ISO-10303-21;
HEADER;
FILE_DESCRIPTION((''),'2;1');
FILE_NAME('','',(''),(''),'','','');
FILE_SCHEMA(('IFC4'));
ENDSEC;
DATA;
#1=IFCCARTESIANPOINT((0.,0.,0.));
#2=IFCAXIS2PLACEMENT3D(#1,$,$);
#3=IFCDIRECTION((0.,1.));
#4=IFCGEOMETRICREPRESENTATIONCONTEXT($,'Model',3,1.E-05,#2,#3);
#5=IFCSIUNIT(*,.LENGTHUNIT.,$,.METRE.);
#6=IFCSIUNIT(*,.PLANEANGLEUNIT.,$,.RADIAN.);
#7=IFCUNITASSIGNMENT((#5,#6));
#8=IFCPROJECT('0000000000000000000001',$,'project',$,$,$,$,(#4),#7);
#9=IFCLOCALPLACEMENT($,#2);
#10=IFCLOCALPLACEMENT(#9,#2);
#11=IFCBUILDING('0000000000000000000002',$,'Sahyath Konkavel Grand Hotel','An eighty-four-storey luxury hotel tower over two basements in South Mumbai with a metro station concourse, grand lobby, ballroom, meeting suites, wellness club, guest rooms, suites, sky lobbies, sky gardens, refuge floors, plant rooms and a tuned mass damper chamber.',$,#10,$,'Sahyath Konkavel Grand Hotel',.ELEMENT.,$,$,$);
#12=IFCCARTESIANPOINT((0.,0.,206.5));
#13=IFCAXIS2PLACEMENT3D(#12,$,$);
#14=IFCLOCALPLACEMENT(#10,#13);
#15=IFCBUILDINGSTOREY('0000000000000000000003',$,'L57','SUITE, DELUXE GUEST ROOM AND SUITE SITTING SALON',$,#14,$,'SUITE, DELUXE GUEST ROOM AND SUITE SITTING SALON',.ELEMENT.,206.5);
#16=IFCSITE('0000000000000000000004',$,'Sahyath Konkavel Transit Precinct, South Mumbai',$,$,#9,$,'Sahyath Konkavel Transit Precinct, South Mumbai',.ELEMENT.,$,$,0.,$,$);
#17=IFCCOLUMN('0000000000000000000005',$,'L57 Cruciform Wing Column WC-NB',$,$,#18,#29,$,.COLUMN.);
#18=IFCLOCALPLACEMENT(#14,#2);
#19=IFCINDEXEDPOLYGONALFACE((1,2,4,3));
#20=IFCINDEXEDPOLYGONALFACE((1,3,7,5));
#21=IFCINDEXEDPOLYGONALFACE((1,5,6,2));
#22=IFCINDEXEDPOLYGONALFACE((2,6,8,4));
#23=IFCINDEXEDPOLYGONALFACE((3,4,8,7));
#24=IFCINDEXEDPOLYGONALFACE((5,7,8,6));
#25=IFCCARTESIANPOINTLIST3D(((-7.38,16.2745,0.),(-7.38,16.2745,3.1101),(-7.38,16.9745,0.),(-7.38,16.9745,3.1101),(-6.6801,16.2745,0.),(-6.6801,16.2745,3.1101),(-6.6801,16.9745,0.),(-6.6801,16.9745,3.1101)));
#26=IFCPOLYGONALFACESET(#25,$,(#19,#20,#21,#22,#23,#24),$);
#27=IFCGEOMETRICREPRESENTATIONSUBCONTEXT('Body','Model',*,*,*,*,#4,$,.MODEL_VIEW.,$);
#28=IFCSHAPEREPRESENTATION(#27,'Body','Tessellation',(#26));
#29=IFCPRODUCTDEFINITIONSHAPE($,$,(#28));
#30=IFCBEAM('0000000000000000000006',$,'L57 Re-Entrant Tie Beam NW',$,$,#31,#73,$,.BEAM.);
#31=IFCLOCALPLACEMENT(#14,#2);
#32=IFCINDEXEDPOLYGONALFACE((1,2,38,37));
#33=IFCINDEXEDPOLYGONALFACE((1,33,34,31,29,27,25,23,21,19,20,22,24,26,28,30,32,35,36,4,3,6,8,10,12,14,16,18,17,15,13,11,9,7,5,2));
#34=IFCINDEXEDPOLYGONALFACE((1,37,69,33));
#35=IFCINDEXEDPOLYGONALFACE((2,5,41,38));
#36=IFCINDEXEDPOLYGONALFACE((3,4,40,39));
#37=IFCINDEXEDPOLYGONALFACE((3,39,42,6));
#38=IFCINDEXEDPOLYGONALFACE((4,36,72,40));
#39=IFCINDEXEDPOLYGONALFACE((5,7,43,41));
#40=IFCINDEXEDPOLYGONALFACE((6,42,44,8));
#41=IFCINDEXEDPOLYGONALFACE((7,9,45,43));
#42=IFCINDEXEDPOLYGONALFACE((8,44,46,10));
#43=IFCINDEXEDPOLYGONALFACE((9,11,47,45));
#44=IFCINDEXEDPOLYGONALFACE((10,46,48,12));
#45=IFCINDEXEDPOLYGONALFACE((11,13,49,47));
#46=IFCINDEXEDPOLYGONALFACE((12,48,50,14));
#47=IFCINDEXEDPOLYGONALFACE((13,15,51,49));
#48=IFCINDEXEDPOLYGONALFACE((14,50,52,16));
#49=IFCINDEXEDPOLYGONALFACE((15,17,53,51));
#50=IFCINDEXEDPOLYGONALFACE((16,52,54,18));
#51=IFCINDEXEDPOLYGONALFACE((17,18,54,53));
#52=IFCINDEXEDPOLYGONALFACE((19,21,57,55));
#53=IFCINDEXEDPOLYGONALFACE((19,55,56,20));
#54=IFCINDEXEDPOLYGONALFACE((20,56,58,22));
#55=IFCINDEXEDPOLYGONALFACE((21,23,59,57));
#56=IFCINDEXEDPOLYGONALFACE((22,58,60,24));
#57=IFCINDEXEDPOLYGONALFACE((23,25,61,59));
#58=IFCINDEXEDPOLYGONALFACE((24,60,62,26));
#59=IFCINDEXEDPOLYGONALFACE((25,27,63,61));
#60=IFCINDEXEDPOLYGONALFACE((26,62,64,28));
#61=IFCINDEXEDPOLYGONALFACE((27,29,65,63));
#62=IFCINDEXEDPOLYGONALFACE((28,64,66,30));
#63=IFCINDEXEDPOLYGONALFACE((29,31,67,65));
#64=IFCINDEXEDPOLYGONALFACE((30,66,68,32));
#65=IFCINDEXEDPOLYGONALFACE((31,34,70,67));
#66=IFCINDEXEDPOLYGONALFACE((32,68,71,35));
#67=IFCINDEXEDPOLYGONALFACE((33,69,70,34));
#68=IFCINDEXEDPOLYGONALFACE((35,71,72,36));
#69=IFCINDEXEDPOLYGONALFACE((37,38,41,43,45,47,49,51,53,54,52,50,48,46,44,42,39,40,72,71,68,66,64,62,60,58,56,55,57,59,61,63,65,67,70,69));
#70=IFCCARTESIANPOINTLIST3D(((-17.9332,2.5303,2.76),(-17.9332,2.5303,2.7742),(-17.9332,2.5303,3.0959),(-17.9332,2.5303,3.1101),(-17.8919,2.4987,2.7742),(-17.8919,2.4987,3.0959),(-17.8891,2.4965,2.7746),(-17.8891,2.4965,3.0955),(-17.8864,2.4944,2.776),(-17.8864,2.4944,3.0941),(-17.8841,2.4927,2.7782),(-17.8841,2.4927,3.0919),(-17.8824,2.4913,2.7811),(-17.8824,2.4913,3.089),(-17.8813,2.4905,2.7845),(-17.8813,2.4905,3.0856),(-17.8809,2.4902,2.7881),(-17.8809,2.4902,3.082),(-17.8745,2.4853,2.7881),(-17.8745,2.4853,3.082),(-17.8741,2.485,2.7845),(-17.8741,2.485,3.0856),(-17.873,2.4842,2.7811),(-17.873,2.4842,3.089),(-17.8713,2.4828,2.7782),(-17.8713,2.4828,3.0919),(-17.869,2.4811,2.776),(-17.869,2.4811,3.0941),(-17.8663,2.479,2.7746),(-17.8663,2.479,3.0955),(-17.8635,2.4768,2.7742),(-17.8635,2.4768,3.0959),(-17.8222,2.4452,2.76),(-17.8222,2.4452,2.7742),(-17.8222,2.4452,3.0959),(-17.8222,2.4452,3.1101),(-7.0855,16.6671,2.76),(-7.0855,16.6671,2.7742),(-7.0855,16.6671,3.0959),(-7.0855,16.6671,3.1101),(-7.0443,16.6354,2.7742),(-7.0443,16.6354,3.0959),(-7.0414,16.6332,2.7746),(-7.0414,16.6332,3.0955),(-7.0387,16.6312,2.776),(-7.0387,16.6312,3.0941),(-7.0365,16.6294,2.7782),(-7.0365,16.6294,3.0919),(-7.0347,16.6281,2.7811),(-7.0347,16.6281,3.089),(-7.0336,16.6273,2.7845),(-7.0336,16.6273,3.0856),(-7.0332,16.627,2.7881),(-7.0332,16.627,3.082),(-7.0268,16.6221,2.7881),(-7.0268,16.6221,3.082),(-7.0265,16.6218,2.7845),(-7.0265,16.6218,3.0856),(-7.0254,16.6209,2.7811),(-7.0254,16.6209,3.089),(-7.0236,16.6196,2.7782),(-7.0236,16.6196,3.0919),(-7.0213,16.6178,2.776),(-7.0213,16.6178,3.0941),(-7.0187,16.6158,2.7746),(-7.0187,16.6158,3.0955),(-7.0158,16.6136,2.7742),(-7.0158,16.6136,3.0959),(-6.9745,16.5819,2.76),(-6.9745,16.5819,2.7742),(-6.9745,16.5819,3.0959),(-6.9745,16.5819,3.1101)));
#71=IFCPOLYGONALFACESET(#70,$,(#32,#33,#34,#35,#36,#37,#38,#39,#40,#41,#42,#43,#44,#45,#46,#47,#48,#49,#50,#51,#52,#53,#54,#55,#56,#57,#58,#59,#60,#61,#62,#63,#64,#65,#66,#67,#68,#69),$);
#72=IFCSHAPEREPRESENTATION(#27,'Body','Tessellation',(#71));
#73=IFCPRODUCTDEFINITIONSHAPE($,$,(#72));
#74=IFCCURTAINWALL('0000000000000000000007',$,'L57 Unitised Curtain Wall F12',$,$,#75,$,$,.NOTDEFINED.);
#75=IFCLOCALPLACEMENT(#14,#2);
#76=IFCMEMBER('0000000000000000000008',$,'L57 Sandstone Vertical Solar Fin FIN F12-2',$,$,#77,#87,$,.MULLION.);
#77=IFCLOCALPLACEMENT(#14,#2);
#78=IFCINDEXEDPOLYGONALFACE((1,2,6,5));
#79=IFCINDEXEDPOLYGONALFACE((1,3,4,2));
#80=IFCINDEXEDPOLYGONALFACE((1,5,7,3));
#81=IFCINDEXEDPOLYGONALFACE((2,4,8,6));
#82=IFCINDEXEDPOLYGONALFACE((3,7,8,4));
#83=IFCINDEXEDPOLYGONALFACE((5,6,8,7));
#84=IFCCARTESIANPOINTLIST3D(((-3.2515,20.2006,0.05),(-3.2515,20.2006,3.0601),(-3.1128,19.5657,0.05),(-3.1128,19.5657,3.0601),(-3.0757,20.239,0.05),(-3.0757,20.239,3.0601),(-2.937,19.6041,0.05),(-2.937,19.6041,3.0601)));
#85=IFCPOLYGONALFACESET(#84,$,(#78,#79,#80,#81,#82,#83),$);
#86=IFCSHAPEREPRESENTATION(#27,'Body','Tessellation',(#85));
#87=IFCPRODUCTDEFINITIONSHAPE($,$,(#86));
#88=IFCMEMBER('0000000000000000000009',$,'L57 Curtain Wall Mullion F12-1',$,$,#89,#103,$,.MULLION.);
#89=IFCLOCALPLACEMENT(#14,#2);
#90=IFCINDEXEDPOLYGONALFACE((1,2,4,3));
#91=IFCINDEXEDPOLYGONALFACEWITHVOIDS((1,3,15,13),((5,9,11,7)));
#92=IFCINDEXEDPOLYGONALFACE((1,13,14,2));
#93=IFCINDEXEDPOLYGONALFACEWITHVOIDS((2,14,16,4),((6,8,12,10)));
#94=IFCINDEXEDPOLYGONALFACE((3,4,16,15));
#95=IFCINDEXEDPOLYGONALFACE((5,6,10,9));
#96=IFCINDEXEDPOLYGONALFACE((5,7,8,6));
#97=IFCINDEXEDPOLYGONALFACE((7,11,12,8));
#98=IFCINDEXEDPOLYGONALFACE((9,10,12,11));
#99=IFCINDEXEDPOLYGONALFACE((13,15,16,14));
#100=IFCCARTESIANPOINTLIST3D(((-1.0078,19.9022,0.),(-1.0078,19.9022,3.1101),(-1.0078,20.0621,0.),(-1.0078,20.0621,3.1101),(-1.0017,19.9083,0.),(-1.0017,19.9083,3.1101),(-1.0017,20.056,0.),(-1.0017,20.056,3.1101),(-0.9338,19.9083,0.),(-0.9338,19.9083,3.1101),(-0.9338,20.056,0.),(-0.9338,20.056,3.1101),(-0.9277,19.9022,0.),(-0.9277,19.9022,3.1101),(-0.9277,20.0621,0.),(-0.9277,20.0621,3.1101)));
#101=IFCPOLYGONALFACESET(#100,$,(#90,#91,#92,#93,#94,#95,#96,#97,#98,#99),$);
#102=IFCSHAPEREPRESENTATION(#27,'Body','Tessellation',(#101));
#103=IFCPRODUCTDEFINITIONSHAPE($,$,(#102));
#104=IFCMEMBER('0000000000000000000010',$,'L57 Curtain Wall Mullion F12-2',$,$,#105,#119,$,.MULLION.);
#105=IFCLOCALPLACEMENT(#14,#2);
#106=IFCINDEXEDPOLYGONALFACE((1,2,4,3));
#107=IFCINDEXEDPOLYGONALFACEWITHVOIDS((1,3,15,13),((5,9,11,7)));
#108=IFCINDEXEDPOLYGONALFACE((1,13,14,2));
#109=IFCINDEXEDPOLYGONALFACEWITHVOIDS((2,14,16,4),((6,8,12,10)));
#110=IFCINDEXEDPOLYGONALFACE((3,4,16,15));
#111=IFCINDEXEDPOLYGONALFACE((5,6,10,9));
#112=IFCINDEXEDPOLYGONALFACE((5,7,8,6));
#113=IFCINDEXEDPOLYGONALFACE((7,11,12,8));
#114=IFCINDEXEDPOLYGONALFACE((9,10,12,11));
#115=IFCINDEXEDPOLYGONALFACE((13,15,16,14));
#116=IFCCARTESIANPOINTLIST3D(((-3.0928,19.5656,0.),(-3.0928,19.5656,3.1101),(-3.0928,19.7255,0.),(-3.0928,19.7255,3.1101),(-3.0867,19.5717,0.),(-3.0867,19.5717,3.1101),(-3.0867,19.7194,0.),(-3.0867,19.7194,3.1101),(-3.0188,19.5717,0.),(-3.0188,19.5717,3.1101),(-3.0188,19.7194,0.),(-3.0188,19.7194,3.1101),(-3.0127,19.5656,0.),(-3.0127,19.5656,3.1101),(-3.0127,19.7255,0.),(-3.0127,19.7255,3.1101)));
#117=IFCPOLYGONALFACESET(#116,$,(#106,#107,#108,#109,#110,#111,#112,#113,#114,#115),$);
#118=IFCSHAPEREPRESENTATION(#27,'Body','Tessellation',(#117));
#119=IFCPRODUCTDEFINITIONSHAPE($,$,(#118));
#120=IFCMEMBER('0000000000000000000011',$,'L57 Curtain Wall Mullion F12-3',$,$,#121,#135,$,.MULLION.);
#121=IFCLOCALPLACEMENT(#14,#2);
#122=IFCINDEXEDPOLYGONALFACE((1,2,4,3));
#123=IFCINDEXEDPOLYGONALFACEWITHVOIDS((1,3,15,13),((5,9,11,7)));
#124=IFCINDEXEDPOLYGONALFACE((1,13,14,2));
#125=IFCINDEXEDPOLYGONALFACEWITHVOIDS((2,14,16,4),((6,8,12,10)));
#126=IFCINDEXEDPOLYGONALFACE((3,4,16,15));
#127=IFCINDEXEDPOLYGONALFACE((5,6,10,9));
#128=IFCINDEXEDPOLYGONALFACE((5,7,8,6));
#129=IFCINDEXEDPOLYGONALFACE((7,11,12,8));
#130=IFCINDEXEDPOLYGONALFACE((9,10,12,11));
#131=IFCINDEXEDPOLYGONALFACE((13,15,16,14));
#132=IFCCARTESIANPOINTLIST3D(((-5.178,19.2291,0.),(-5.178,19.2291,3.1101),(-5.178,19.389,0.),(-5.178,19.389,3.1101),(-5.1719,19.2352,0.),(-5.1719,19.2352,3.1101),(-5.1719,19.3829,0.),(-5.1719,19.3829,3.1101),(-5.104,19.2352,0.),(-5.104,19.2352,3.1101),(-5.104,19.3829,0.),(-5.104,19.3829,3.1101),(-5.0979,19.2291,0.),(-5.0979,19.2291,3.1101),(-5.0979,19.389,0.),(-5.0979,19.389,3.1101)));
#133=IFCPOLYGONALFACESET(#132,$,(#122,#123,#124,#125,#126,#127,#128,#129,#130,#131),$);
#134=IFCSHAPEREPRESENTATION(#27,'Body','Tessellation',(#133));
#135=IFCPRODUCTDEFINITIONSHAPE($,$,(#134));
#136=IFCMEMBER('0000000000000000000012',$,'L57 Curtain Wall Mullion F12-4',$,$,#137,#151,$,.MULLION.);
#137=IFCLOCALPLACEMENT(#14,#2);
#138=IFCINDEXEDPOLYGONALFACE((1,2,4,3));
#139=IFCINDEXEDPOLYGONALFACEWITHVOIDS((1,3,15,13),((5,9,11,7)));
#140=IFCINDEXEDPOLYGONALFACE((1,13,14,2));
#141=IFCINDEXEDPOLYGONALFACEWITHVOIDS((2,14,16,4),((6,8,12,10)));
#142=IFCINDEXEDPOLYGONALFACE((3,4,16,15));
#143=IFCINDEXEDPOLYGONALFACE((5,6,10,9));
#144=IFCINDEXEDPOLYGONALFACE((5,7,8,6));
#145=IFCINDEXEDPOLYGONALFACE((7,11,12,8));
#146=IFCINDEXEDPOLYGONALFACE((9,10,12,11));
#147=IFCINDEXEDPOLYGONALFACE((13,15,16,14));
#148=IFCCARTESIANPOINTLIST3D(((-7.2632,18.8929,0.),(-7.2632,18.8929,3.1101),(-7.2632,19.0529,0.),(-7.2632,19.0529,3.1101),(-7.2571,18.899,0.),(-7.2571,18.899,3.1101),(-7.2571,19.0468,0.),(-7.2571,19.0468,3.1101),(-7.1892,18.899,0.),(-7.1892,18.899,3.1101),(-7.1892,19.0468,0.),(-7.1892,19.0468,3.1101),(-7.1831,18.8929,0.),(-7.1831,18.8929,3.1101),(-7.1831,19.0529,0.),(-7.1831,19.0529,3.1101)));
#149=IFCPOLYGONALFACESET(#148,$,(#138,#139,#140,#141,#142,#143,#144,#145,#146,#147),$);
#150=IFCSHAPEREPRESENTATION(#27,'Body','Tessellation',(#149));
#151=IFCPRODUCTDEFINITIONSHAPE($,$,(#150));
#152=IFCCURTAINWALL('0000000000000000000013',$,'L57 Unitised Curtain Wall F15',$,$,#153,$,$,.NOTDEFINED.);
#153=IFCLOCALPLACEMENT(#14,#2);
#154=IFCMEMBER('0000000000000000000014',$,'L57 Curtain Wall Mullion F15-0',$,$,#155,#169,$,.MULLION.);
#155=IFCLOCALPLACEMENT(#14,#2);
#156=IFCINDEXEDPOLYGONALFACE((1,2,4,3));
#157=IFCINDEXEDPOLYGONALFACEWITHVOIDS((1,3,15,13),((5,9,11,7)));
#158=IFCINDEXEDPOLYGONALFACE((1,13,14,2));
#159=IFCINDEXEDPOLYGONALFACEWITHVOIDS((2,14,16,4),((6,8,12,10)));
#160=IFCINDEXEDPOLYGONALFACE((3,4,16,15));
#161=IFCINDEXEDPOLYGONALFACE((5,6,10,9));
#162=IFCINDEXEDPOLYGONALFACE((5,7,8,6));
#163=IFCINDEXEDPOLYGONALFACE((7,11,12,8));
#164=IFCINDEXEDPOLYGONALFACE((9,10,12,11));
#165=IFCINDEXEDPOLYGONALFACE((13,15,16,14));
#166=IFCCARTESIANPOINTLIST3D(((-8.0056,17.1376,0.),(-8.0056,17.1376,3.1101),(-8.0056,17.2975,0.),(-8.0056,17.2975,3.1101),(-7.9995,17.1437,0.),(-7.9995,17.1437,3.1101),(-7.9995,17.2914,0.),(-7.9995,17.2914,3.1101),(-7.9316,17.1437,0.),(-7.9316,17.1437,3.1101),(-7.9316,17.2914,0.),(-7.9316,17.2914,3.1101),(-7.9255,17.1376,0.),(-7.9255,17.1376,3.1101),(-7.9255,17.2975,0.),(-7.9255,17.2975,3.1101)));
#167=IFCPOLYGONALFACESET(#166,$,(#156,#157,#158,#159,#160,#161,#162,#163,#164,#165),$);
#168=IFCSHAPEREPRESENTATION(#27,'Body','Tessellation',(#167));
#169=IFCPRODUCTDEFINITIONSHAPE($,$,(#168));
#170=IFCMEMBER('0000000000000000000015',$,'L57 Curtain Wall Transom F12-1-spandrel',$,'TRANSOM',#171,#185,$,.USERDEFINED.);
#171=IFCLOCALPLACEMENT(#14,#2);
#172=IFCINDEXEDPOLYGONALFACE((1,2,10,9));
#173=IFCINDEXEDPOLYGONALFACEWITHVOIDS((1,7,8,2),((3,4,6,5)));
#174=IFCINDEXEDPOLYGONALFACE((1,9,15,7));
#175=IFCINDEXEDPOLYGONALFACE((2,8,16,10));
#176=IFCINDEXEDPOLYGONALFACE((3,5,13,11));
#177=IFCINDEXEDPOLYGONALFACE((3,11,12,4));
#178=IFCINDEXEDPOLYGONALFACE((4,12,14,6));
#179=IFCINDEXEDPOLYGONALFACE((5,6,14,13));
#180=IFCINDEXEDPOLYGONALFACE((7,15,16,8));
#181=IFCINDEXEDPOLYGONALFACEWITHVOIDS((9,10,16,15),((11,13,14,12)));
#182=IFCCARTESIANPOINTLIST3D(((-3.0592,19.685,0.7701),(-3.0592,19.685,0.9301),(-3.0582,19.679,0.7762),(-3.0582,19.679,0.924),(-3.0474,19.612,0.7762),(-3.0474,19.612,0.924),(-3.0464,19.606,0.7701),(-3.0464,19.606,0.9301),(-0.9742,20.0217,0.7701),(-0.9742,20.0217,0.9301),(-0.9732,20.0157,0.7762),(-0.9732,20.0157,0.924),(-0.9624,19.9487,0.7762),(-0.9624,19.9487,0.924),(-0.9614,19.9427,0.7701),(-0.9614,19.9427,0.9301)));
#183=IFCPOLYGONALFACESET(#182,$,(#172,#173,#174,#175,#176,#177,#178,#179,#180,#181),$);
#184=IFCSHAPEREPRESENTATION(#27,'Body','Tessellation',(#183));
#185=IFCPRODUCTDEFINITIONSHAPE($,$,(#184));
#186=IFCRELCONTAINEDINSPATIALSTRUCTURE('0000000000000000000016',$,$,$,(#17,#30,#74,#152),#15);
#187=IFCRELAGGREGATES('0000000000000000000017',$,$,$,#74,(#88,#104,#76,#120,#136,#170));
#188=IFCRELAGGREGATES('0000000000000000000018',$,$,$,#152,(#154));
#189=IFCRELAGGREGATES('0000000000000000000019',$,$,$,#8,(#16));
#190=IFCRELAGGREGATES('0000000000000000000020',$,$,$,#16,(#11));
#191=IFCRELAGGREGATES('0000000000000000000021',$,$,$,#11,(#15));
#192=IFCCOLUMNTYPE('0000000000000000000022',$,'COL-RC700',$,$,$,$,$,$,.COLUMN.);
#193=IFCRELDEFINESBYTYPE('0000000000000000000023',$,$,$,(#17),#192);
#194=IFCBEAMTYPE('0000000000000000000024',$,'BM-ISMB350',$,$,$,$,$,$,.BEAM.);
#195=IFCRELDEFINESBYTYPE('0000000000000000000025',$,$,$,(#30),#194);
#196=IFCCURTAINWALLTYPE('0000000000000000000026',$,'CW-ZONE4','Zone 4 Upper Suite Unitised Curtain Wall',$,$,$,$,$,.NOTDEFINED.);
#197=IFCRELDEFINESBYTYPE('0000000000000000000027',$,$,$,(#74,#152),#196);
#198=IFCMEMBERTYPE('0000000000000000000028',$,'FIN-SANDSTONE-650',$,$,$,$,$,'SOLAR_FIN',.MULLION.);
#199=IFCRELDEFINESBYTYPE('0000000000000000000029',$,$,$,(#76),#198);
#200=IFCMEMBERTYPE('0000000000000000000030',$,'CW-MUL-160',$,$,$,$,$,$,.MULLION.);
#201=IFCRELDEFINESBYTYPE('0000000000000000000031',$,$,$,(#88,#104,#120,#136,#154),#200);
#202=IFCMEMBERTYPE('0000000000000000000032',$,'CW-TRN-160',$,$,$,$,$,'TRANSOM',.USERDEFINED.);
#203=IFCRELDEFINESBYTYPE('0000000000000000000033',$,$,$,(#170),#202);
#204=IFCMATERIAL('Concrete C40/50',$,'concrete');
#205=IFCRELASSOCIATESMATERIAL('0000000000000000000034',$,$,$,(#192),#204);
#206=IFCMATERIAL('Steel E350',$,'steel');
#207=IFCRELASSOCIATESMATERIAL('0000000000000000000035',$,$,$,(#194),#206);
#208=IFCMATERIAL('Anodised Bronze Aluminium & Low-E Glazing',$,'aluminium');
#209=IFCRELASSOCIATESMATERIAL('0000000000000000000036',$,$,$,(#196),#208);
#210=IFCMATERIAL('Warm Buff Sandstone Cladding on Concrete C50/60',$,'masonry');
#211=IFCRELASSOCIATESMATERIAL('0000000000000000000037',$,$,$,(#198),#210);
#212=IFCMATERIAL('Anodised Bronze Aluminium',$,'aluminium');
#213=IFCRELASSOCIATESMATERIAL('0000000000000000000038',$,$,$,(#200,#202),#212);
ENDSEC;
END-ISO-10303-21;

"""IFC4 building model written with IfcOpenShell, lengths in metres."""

from ifc_helpers import new_model, si_unit, direction, frame, origin, origin_2d, place, context, subcontext, project, spatial, rectangle, hollow_rectangle, i_section, extrude, source, transform, mapped, material, material_profile, profile_set, type_object, element, aggregate, save


model = new_model("IFC4")

# Units and contexts
model_context = context("Model", 3, precision=1e-05, world=origin(), true_north=direction((0.0, 1.0)))
body_context = subcontext(model_context, "Body", "Model", "MODEL_VIEW")
ifc_project = project(units=[si_unit("LENGTHUNIT", "METRE"), si_unit("PLANEANGLEUNIT", "RADIAN")], contexts=[model_context])

# Site, building, storey
site_placement = place(None, origin())
site = spatial("IfcSite", under=ifc_project, at=site_placement, Name="Sahyath Konkavel Transit Precinct, South Mumbai", LongName="Sahyath Konkavel Transit Precinct, South Mumbai", CompositionType="ELEMENT", RefElevation=0.0)
building_placement = place(site_placement, origin())
building = spatial("IfcBuilding", under=site, at=building_placement, Name="Sahyath Konkavel Grand Hotel", Description="An eighty-four-storey luxury hotel tower over two basements in South Mumbai with a metro station concourse, grand lobby, ballroom, meeting suites, wellness club, guest rooms, suites, sky lobbies, sky gardens, refuge floors, plant rooms and a tuned mass damper chamber.", LongName="Sahyath Konkavel Grand Hotel", CompositionType="ELEMENT")
storey_placement = place(building_placement, frame((0.0, 0.0, 206.5)))
storey = spatial("IfcBuildingStorey", under=building, at=storey_placement, Name="L57", Description="SUITE, DELUXE GUEST ROOM AND SUITE SITTING SALON", LongName="SUITE, DELUXE GUEST ROOM AND SUITE SITTING SALON", CompositionType="ELEMENT", Elevation=206.5)

# Column
ifc_material_1 = material(Name="Concrete C40/50", Category="concrete")
ifc_material_profile_1 = material_profile(ifc_material_1, rectangle(XDim=0.7, YDim=0.7, at=origin_2d()), Name="RC 700x700")
ifc_profile_set_1 = profile_set([ifc_material_profile_1], Name="Concrete C40/50")
column_type = type_object("IfcColumnType", Name="COL-RC700", PredefinedType="COLUMN", material=ifc_profile_set_1)
shared_shape_1 = source(origin(), body_context, "Body", "SweptSolid", [
    extrude(rectangle(XDim=0.7, YDim=0.7, at=origin_2d()), origin(), (0.0, 0.0, 1.0), 3.1101),
])
column_placement = place(storey_placement, frame((-7.03, 16.6245, 0.0), z_axis=(0.0, 0.0, 1.0), x_axis=(1.0, 0.0, 0.0)))
element("IfcColumn", 1, at=column_placement, inside=storey, type_object=column_type, Name="L57 Cruciform Wing Column WC-NB", PredefinedType="COLUMN", context=body_context, shape_type="MappedRepresentation", body=[
    mapped(shared_shape_1, transform((0.0, 0.0, 0.0), scale=1.0)),
])

# Beam
ifc_material_2 = material(Name="Steel E350", Category="steel")
ifc_material_profile_2 = material_profile(ifc_material_2, i_section(OverallWidth=0.1399, OverallDepth=0.3501, WebThickness=0.0081, FlangeThickness=0.0142, FilletRadius=0.0139, at=origin_2d()), Name="ISMB 350")
ifc_profile_set_2 = profile_set([ifc_material_profile_2], Name="Steel E350")
beam_type = type_object("IfcBeamType", Name="BM-ISMB350", PredefinedType="BEAM", material=ifc_profile_set_2)
shared_shape_2 = source(origin(), body_context, "Body", "SweptSolid", [
    extrude(i_section(OverallWidth=0.1399, OverallDepth=0.3501, WebThickness=0.0081, FlangeThickness=0.0142, FilletRadius=0.0139, at=origin_2d()), origin(), (0.0, 0.0, 1.0), 17.8191),
])
beam_placement = place(storey_placement, frame((-7.03, 16.6245, 2.9351), z_axis=(-0.608767, -0.793349, 0.0), x_axis=(0.793349, -0.608767, 0.0)))
element("IfcBeam", 2, at=beam_placement, inside=storey, type_object=beam_type, Name="L57 Re-Entrant Tie Beam NW", PredefinedType="BEAM", context=body_context, shape_type="MappedRepresentation", body=[
    mapped(shared_shape_2, transform((0.0, 0.0, 0.0), scale=1.0)),
])

# Curtain wall, members
ifc_material_3 = material(Name="Anodised Bronze Aluminium & Low-E Glazing", Category="aluminium")
curtain_wall_type = type_object("IfcCurtainWallType", Name="CW-ZONE4", Description="Zone 4 Upper Suite Unitised Curtain Wall", PredefinedType="NOTDEFINED", material=ifc_material_3)
curtain_wall_1_placement = place(storey_placement, origin())
curtain_wall_1 = element("IfcCurtainWall", 3, at=curtain_wall_1_placement, inside=storey, type_object=curtain_wall_type, Name="L57 Unitised Curtain Wall F12", PredefinedType="NOTDEFINED")
ifc_material_4 = material(Name="Warm Buff Sandstone Cladding on Concrete C50/60", Category="masonry")
ifc_material_profile_3 = material_profile(ifc_material_4, rectangle(XDim=0.1799, YDim=0.6499, at=origin_2d()), Name="FIN 180x650")
ifc_profile_set_3 = profile_set([ifc_material_profile_3], Name="Warm Buff Sandstone Cladding on Concrete C50/60")
member_type_1 = type_object("IfcMemberType", Name="FIN-SANDSTONE-650", ElementType="SOLAR_FIN", PredefinedType="MULLION", material=ifc_profile_set_3)
shared_shape_3 = source(origin(), body_context, "Body", "SweptSolid", [
    extrude(rectangle(XDim=0.1799, YDim=0.6499, at=origin_2d()), origin(), (0.0, 0.0, 1.0), 3.01),
])
member_1_placement = place(storey_placement, frame((-3.0942, 19.9023, 0.05), z_axis=(0.0, 0.0, 1.0), x_axis=(0.976971, 0.213371, 0.0)))
member_1 = element("IfcMember", 4, at=member_1_placement, type_object=member_type_1, Name="L57 Sandstone Vertical Solar Fin FIN F12-2", PredefinedType="MULLION", context=body_context, shape_type="MappedRepresentation", body=[
    mapped(shared_shape_3, transform((0.0, 0.0, 0.0), scale=1.0)),
])
ifc_material_5 = material(Name="Anodised Bronze Aluminium", Category="aluminium")
ifc_material_profile_4 = material_profile(ifc_material_5, hollow_rectangle(XDim=0.0801, YDim=0.1599, WallThickness=0.0061, at=origin_2d()), Name="RHS 160x80x6")
ifc_profile_set_4 = profile_set([ifc_material_profile_4], Name="Anodised Bronze Aluminium")
member_type_2 = type_object("IfcMemberType", Name="CW-MUL-160", PredefinedType="MULLION", material=ifc_profile_set_4)
shared_shape_4 = source(origin(), body_context, "Body", "SweptSolid", [
    extrude(hollow_rectangle(XDim=0.0801, YDim=0.1599, WallThickness=0.0061, at=origin_2d()), origin(), (0.0, 0.0, 1.0), 3.1101),
])
member_2_placement = place(storey_placement, frame((-0.9678, 19.9822, 0.0), z_axis=(0.0, 0.0, 1.0), x_axis=(1.0, 0.0, 0.0)))
member_2 = element("IfcMember", 5, at=member_2_placement, type_object=member_type_2, Name="L57 Curtain Wall Mullion F12-1", PredefinedType="MULLION", context=body_context, shape_type="MappedRepresentation", body=[
    mapped(shared_shape_4, transform((0.0, 0.0, 0.0), scale=1.0)),
])
member_3_placement = place(storey_placement, frame((-3.0527, 19.6455, 0.0), z_axis=(0.0, 0.0, 1.0), x_axis=(1.0, 0.0, 0.0)))
member_3 = element("IfcMember", 6, at=member_3_placement, type_object=member_type_2, Name="L57 Curtain Wall Mullion F12-2", PredefinedType="MULLION", context=body_context, shape_type="MappedRepresentation", body=[
    mapped(shared_shape_4, transform((0.0, 0.0, 0.0), scale=1.0)),
])
member_4_placement = place(storey_placement, frame((-5.1379, 19.3091, 0.0), z_axis=(0.0, 0.0, 1.0), x_axis=(1.0, 0.0, 0.0)))
member_4 = element("IfcMember", 7, at=member_4_placement, type_object=member_type_2, Name="L57 Curtain Wall Mullion F12-3", PredefinedType="MULLION", context=body_context, shape_type="MappedRepresentation", body=[
    mapped(shared_shape_4, transform((0.0, 0.0, 0.0), scale=1.0)),
])
member_5_placement = place(storey_placement, frame((-7.2231, 18.9729, 0.0), z_axis=(0.0, 0.0, 1.0), x_axis=(1.0, 0.0, 0.0)))
member_5 = element("IfcMember", 8, at=member_5_placement, type_object=member_type_2, Name="L57 Curtain Wall Mullion F12-4", PredefinedType="MULLION", context=body_context, shape_type="MappedRepresentation", body=[
    mapped(shared_shape_4, transform((0.0, 0.0, 0.0), scale=1.0)),
])

# Curtain wall, member
curtain_wall_2_placement = place(storey_placement, origin())
curtain_wall_2 = element("IfcCurtainWall", 9, at=curtain_wall_2_placement, inside=storey, type_object=curtain_wall_type, Name="L57 Unitised Curtain Wall F15", PredefinedType="NOTDEFINED")
member_6_placement = place(storey_placement, frame((-7.9656, 17.2175, 0.0), z_axis=(0.0, 0.0, 1.0), x_axis=(1.0, 0.0, 0.0)))
member_6 = element("IfcMember", 10, at=member_6_placement, type_object=member_type_2, Name="L57 Curtain Wall Mullion F15-0", PredefinedType="MULLION", context=body_context, shape_type="MappedRepresentation", body=[
    mapped(shared_shape_4, transform((0.0, 0.0, 0.0), scale=1.0)),
])

# Member
ifc_material_profile_5 = material_profile(ifc_material_5, hollow_rectangle(XDim=0.0801, YDim=0.1599, WallThickness=0.0061, at=origin_2d()), Name="RHS 160x80x6")
ifc_profile_set_5 = profile_set([ifc_material_profile_5], Name="Anodised Bronze Aluminium")
member_type_3 = type_object("IfcMemberType", Name="CW-TRN-160", ElementType="TRANSOM", PredefinedType="USERDEFINED", material=ifc_profile_set_5)
shared_shape_5 = source(origin(), body_context, "Body", "SweptSolid", [
    extrude(hollow_rectangle(XDim=0.0801, YDim=0.1599, WallThickness=0.0061, at=origin_2d()), origin(), (0.0, 0.0, 1.0), 2.1121),
])
member_7_placement = place(storey_placement, frame((-0.9678, 19.9822, 0.8501), z_axis=(-0.987212, -0.159411, 0.0), x_axis=(0.159411, -0.987212, 0.0)))
member_7 = element("IfcMember", 11, at=member_7_placement, type_object=member_type_3, Name="L57 Curtain Wall Transom F12-1-spandrel", ObjectType="TRANSOM", PredefinedType="USERDEFINED", context=body_context, shape_type="MappedRepresentation", body=[
    mapped(shared_shape_5, transform((0.0, 0.0, 0.0), scale=1.0)),
])

aggregate(curtain_wall_1, [member_2, member_3, member_1, member_4, member_5, member_7])
aggregate(curtain_wall_2, [member_6])

save(model, "model.ifc")
